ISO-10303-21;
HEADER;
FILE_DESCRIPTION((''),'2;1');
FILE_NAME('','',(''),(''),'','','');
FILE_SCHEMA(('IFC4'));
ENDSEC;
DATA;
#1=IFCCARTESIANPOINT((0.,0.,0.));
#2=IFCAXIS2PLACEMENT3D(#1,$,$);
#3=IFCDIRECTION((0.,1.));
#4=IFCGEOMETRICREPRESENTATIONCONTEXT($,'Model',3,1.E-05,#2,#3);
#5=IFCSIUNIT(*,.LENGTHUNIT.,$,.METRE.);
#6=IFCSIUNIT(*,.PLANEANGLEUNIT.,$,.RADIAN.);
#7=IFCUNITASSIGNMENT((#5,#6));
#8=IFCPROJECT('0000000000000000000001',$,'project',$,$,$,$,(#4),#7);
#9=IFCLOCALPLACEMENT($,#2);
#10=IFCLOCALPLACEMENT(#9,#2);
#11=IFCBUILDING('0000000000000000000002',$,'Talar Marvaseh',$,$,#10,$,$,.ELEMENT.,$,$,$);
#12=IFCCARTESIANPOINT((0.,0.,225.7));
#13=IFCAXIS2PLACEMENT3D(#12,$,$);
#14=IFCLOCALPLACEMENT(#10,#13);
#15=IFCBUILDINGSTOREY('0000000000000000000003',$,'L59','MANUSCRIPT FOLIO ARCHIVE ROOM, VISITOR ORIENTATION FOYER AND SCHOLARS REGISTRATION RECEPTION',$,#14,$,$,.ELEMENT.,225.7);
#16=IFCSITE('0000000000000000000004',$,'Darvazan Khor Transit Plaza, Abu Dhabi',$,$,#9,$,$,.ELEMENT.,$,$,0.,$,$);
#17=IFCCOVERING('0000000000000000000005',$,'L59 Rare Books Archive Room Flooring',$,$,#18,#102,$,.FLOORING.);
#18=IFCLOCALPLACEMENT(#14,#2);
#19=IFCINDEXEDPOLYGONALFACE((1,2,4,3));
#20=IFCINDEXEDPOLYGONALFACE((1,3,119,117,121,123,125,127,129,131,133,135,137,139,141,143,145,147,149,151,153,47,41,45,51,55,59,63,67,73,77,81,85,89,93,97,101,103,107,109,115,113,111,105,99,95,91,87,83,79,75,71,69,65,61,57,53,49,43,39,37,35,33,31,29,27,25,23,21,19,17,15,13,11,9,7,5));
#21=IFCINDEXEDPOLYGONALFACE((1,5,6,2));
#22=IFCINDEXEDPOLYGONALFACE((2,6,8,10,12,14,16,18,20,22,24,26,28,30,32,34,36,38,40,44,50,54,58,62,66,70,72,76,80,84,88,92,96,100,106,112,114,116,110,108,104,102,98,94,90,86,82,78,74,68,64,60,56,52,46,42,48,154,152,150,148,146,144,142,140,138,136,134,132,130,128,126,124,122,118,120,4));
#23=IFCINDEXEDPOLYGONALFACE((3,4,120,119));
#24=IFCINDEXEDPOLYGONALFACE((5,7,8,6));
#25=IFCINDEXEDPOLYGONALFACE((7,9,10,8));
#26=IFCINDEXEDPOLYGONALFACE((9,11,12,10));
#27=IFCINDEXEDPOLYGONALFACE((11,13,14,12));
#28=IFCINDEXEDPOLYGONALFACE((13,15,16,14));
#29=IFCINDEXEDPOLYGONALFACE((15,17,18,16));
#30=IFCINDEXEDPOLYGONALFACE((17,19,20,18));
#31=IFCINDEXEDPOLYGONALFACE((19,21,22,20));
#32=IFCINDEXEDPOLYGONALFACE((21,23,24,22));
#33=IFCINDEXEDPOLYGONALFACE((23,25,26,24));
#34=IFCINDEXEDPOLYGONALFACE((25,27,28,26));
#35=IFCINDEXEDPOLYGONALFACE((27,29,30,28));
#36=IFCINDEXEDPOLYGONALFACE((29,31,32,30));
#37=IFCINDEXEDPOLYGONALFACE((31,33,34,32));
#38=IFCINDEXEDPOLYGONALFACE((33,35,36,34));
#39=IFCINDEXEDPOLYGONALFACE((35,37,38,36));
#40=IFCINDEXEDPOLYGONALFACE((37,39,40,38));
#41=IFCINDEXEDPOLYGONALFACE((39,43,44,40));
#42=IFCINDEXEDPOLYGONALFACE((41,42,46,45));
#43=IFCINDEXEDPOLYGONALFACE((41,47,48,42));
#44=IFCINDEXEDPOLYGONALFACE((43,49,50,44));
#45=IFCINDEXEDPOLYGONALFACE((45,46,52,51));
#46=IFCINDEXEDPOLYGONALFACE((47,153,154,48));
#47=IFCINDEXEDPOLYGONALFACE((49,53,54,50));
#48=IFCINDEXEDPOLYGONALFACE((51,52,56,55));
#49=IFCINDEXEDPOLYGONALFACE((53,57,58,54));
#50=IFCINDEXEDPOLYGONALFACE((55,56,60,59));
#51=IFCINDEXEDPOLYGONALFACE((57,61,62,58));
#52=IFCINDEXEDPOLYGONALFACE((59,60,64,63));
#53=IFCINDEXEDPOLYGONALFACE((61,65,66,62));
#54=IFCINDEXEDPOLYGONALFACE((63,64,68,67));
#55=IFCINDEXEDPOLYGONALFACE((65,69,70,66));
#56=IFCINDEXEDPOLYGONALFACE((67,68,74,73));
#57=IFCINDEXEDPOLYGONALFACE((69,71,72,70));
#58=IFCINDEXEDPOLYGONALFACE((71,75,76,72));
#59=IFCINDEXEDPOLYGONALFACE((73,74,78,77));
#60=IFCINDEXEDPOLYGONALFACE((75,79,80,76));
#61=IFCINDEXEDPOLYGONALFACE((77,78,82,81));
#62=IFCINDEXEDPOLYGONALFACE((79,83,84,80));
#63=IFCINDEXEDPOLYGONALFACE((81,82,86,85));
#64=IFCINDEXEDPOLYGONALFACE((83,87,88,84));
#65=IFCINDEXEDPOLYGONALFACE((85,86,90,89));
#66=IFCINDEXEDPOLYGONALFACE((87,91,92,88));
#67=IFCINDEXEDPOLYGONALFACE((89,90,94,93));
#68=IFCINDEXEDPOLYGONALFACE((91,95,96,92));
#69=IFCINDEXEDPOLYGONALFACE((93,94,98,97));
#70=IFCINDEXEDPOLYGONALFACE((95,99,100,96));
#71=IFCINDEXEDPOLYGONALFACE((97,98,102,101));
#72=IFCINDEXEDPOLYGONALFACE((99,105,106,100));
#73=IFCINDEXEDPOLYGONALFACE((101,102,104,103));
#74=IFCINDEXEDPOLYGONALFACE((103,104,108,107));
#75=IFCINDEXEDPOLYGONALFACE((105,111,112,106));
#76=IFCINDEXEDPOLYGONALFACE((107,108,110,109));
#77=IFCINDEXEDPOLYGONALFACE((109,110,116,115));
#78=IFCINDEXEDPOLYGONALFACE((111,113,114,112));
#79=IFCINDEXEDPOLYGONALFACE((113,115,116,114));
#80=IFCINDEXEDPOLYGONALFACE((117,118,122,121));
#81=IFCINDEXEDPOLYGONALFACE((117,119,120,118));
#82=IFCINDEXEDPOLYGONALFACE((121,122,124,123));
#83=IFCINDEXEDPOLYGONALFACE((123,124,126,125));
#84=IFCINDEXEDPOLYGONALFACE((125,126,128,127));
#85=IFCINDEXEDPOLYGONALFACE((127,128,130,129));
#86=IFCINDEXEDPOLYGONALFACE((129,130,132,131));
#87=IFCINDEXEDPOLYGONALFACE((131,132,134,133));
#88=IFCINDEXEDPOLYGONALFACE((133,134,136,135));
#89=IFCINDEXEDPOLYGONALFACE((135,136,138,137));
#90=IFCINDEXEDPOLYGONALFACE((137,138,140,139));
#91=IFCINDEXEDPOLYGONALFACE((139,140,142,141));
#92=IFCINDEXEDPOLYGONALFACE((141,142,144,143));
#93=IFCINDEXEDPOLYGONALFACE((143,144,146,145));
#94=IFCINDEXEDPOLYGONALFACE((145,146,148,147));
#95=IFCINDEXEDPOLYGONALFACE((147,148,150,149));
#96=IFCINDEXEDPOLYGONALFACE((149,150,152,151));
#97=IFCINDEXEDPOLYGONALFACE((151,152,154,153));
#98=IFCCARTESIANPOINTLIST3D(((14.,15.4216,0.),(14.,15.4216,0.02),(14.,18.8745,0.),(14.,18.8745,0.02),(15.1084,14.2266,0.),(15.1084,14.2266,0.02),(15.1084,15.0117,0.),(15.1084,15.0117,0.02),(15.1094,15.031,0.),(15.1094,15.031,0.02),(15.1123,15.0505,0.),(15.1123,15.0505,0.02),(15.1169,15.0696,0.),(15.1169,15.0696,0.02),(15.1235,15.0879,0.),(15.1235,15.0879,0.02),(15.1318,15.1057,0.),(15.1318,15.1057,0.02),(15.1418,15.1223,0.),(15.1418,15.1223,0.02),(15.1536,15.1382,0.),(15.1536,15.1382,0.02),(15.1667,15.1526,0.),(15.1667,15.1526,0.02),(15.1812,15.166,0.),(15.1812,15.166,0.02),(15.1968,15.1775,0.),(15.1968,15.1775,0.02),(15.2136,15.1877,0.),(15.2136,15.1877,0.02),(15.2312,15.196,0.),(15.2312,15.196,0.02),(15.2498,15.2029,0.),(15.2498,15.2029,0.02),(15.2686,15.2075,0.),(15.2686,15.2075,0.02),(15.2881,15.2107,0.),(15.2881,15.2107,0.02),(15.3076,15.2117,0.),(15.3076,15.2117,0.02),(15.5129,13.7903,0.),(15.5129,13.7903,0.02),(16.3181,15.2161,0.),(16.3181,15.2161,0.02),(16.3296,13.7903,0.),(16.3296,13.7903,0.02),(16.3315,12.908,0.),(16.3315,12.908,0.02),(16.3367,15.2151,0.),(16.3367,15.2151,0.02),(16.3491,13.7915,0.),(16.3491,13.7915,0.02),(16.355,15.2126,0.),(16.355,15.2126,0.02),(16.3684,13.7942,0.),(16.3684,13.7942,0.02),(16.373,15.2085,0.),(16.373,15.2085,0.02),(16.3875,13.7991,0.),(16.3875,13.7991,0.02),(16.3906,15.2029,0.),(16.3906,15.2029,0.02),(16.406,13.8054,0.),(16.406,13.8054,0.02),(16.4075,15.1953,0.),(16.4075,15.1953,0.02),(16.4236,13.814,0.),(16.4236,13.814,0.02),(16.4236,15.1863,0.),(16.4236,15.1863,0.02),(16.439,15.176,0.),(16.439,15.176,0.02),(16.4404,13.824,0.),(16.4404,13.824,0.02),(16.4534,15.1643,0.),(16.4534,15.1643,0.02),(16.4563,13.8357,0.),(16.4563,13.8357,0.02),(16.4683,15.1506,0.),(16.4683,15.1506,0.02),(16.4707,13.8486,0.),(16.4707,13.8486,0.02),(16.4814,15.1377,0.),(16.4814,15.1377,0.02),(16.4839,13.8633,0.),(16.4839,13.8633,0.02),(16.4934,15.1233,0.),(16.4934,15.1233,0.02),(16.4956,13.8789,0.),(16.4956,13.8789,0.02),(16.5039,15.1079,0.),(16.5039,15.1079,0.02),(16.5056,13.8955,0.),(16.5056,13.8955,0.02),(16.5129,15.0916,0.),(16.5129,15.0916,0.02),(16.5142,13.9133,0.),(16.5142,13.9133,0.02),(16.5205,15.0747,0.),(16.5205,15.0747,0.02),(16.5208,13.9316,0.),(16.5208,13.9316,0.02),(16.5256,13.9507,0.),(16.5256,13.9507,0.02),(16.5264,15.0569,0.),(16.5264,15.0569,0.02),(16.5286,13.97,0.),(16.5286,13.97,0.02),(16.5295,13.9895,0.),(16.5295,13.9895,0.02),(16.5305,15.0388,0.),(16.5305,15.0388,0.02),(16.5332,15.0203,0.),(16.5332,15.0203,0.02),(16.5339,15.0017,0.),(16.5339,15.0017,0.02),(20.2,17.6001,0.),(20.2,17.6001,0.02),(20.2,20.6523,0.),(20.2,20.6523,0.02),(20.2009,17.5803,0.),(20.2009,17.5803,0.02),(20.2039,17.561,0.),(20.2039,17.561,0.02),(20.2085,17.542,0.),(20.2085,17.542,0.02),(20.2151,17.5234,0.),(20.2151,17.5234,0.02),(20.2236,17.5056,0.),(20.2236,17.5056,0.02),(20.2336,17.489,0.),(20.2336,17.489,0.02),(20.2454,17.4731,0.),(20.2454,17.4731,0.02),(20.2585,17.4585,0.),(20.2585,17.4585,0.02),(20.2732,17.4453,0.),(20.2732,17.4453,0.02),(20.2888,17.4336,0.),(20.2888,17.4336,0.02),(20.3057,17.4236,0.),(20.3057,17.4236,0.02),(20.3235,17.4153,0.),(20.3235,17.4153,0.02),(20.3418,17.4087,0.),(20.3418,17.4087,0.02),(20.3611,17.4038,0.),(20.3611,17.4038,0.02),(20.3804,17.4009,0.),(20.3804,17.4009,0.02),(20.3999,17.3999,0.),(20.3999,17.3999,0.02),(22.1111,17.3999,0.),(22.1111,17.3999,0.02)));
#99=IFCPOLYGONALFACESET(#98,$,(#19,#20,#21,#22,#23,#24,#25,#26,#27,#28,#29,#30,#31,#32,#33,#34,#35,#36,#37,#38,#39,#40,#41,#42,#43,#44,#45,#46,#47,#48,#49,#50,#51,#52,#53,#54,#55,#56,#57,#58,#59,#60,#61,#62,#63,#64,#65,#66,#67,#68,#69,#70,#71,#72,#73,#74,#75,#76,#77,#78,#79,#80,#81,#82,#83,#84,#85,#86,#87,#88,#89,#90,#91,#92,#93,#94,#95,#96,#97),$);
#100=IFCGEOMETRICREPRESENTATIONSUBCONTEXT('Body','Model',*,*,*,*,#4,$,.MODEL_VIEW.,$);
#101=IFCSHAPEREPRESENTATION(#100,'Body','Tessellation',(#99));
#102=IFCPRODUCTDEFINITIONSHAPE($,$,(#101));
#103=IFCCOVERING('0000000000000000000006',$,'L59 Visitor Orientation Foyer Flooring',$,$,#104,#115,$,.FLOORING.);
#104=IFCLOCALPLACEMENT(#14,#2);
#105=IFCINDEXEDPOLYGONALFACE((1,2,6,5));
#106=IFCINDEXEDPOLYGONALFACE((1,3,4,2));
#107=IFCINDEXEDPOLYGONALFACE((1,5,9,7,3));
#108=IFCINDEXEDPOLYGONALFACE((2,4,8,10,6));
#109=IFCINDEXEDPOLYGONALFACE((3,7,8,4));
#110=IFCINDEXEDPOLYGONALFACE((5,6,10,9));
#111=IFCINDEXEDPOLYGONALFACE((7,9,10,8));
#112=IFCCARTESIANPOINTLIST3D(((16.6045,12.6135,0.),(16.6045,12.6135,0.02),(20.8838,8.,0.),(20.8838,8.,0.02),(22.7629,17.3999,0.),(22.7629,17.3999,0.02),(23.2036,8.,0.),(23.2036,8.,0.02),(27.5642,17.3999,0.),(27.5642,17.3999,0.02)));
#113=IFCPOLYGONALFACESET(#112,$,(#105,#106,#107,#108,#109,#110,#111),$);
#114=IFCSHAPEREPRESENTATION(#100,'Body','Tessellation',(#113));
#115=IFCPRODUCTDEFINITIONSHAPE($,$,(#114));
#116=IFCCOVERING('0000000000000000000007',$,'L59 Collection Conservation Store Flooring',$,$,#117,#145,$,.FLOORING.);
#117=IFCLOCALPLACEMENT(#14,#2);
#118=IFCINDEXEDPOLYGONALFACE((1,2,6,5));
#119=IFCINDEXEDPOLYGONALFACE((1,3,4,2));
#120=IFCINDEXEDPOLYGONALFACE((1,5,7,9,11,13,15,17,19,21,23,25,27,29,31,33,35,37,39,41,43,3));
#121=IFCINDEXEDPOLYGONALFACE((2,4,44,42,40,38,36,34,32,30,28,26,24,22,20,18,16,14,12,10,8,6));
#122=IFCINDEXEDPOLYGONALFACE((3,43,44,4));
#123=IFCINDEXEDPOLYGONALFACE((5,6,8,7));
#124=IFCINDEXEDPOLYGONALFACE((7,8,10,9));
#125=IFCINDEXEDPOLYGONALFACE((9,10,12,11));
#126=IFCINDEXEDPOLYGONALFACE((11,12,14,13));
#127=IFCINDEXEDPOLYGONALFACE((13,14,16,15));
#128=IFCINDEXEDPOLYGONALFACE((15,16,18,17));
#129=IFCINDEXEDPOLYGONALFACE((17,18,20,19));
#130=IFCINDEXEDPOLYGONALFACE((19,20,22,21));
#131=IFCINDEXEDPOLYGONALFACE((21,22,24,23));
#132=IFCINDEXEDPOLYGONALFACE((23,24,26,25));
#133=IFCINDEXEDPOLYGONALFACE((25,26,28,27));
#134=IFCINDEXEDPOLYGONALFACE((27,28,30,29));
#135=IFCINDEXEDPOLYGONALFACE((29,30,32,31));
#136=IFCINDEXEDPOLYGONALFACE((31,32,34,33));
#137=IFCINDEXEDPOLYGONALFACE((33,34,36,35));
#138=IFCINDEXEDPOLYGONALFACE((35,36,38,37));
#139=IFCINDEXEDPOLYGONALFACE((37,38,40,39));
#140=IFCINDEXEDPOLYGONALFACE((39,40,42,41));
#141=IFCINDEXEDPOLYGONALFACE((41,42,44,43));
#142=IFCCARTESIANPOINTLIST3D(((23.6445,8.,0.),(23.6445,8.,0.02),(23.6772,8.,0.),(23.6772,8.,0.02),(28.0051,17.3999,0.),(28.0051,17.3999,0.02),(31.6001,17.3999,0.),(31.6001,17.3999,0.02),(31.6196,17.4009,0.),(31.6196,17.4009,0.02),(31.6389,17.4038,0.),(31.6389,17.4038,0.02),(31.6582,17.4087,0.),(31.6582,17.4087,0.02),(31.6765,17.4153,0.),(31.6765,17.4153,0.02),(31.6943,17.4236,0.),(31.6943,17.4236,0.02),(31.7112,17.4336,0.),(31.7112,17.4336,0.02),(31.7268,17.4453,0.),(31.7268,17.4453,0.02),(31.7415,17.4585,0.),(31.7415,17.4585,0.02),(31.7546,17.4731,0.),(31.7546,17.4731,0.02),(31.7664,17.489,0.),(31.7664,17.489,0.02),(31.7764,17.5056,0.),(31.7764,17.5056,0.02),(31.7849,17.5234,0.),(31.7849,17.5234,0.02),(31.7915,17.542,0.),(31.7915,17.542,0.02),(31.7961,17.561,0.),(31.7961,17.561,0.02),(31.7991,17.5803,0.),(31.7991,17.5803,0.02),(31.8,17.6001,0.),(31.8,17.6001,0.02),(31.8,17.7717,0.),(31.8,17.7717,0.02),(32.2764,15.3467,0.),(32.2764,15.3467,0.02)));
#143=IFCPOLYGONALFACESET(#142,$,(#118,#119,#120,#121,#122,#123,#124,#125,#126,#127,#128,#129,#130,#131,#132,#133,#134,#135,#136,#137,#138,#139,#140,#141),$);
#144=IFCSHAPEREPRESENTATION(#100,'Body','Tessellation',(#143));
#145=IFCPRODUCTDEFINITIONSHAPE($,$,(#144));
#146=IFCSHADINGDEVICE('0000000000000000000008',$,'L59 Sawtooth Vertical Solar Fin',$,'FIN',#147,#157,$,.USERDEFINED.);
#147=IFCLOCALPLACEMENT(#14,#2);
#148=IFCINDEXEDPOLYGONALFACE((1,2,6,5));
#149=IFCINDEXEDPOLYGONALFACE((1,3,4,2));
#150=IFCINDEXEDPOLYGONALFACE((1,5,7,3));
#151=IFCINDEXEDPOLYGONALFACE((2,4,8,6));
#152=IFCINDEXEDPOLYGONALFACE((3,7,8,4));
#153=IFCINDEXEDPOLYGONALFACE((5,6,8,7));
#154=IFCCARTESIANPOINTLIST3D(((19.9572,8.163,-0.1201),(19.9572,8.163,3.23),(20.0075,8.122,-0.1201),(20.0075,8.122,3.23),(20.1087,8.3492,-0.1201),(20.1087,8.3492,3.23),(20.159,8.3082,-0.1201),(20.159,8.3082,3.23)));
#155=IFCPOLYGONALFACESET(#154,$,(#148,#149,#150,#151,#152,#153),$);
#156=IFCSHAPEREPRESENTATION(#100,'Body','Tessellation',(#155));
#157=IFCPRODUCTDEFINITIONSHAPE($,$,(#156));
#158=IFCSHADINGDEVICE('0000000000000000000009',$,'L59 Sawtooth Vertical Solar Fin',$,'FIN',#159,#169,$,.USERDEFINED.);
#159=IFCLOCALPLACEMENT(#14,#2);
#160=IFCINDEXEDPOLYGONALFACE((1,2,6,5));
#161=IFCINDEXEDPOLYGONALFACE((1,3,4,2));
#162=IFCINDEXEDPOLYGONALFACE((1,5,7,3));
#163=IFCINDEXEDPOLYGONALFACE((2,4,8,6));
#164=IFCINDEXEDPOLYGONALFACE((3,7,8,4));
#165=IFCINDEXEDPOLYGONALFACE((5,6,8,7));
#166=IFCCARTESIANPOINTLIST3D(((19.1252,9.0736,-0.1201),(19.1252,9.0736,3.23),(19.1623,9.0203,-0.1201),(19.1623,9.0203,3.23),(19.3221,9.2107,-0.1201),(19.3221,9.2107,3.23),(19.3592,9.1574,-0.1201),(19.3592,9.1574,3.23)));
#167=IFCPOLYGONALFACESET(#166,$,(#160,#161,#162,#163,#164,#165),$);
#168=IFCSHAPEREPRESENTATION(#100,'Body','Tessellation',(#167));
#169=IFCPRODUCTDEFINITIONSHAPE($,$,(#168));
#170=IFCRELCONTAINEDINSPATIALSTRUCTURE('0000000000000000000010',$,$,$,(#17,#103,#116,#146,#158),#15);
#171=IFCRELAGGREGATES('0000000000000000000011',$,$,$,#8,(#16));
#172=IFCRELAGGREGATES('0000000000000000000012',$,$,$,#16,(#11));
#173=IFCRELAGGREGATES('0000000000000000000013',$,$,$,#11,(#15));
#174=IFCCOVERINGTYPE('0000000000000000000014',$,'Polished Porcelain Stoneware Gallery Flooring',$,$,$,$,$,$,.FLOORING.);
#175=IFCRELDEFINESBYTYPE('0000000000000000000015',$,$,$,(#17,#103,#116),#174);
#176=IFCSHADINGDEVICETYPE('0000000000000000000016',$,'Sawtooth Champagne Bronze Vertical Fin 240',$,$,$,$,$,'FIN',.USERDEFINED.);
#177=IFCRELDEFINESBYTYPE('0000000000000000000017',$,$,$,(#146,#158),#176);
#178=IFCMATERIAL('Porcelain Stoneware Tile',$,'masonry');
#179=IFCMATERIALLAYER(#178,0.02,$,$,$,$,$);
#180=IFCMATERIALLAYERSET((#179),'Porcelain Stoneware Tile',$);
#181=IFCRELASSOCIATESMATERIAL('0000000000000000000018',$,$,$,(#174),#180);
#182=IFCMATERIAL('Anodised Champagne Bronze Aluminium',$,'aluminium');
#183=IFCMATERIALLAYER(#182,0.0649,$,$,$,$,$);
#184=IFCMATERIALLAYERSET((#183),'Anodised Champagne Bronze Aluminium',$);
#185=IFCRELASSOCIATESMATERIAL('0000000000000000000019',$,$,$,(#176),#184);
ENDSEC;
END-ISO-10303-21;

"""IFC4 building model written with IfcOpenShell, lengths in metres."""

from ifc_helpers import new_model, si_unit, direction, frame, origin, origin_2d, place, context, subcontext, project, spatial, polyline, rectangle, outline, extrude, source, transform, mapped, material, layer, layer_set, type_object, type_shapes, element, save


model = new_model("IFC4")

# Units and contexts
model_context = context("Model", 3, precision=1e-05, world=origin(), true_north=direction((0.0, 1.0)))
body_context = subcontext(model_context, "Body", "Model", "MODEL_VIEW")
ifc_project = project(units=[si_unit("LENGTHUNIT", "METRE"), si_unit("PLANEANGLEUNIT", "RADIAN")], contexts=[model_context])

# Site, building, storey
site_placement = place(None, origin())
site = spatial("IfcSite", under=ifc_project, at=site_placement, Name="Darvazan Khor Transit Plaza, Abu Dhabi", CompositionType="ELEMENT", RefElevation=0.0)
building_placement = place(site_placement, origin())
building = spatial("IfcBuilding", under=site, at=building_placement, Name="Talar Marvaseh", CompositionType="ELEMENT")
storey_placement = place(building_placement, frame((0.0, 0.0, 225.7)))
storey = spatial("IfcBuildingStorey", under=building, at=storey_placement, Name="L59", Description="MANUSCRIPT FOLIO ARCHIVE ROOM, VISITOR ORIENTATION FOYER AND SCHOLARS REGISTRATION RECEPTION", CompositionType="ELEMENT", Elevation=225.7)

# Coverings
ifc_material_1 = material(Name="Porcelain Stoneware Tile", Category="masonry")
ifc_layer_1 = layer(ifc_material_1, 0.02)
ifc_layer_set_1 = layer_set([ifc_layer_1], Name="Porcelain Stoneware Tile")
covering_type_1 = type_object("IfcCoveringType", Name="Polished Porcelain Stoneware Gallery Flooring", PredefinedType="FLOORING", material=ifc_layer_set_1)
covering_1_placement = place(storey_placement, origin())
element("IfcCovering", 1, at=covering_1_placement, inside=storey, type_object=covering_type_1, Name="L59 Rare Books Archive Room Flooring", PredefinedType="FLOORING", context=body_context, shape_type="SweptSolid", body=[
    extrude(outline(polyline([(14.0, 18.8745), (20.2, 20.6523), (20.2, 17.6001), (20.2009, 17.5803), (20.2039, 17.561), (20.2085, 17.542), (20.2151, 17.5234), (20.2236, 17.5056), (20.2336, 17.489), (20.2454, 17.4731), (20.2585, 17.4585), (20.2732, 17.4453), (20.2888, 17.4336), (20.3057, 17.4236), (20.3235, 17.4153), (20.3418, 17.4087), (20.3611, 17.4038), (20.3804, 17.4009), (20.3999, 17.3999), (22.1111, 17.3999), (16.3315, 12.908), (15.5129, 13.7903), (16.3296, 13.7903), (16.3491, 13.7915), (16.3684, 13.7942), (16.3875, 13.7991), (16.406, 13.8054), (16.4236, 13.814), (16.4404, 13.824), (16.4563, 13.8357), (16.4707, 13.8486), (16.4839, 13.8633), (16.4956, 13.8789), (16.5056, 13.8955), (16.5142, 13.9133), (16.5208, 13.9316), (16.5256, 13.9507), (16.5286, 13.97), (16.5295, 13.9895), (16.5339, 15.0017), (16.5332, 15.0203), (16.5305, 15.0388), (16.5264, 15.0569), (16.5205, 15.0747), (16.5129, 15.0916), (16.5039, 15.1079), (16.4934, 15.1233), (16.4814, 15.1377), (16.4683, 15.1506), (16.4534, 15.1643), (16.439, 15.176), (16.4236, 15.1863), (16.4075, 15.1953), (16.3906, 15.2029), (16.373, 15.2085), (16.355, 15.2126), (16.3367, 15.2151), (16.3181, 15.2161), (15.3076, 15.2117), (15.2881, 15.2107), (15.2686, 15.2075), (15.2498, 15.2029), (15.2312, 15.196), (15.2136, 15.1877), (15.1968, 15.1775), (15.1812, 15.166), (15.1667, 15.1526), (15.1536, 15.1382), (15.1418, 15.1223), (15.1318, 15.1057), (15.1235, 15.0879), (15.1169, 15.0696), (15.1123, 15.0505), (15.1094, 15.031), (15.1084, 15.0117), (15.1084, 14.2266), (14.0, 15.4216), (14.0, 18.8745)])), origin(), (0.0, 0.0, 1.0), 0.02),
])
covering_2_placement = place(storey_placement, origin())
element("IfcCovering", 2, at=covering_2_placement, inside=storey, type_object=covering_type_1, Name="L59 Visitor Orientation Foyer Flooring", PredefinedType="FLOORING", context=body_context, shape_type="SweptSolid", body=[
    extrude(outline(polyline([(27.5642, 17.3999), (23.2036, 8.0), (20.8838, 8.0), (16.6045, 12.6135), (22.7629, 17.3999), (27.5642, 17.3999)])), origin(), (0.0, 0.0, 1.0), 0.02),
])
covering_3_placement = place(storey_placement, origin())
element("IfcCovering", 3, at=covering_3_placement, inside=storey, type_object=covering_type_1, Name="L59 Collection Conservation Store Flooring", PredefinedType="FLOORING", context=body_context, shape_type="SweptSolid", body=[
    extrude(outline(polyline([(31.6001, 17.3999), (31.6196, 17.4009), (31.6389, 17.4038), (31.6582, 17.4087), (31.6765, 17.4153), (31.6943, 17.4236), (31.7112, 17.4336), (31.7268, 17.4453), (31.7415, 17.4585), (31.7546, 17.4731), (31.7664, 17.489), (31.7764, 17.5056), (31.7849, 17.5234), (31.7915, 17.542), (31.7961, 17.561), (31.7991, 17.5803), (31.8, 17.6001), (31.8, 17.7717), (32.2764, 15.3467), (23.6772, 8.0), (23.6445, 8.0), (28.0051, 17.3999), (31.6001, 17.3999)])), origin(), (0.0, 0.0, 1.0), 0.02),
])

# Shading devices
ifc_material_2 = material(Name="Anodised Champagne Bronze Aluminium", Category="aluminium")
ifc_layer_2 = layer(ifc_material_2, 0.0649)
ifc_layer_set_2 = layer_set([ifc_layer_2], Name="Anodised Champagne Bronze Aluminium")
shading_device_type_1 = type_object("IfcShadingDeviceType", Name="Sawtooth Champagne Bronze Vertical Fin 240", ElementType="FIN", PredefinedType="USERDEFINED", material=ifc_layer_set_2)
shared_shape_1 = source(origin(), body_context, "Body", "SweptSolid", [
    extrude(rectangle(XDim=0.24, YDim=0.0649, at=origin_2d()), origin(), (0.0, 0.0, 1.0), 3.3501),
])
type_shapes(shading_device_type_1, [shared_shape_1])
for number, where, z_axis, x_axis, name in (
    (4, (20.0581, 8.2356, -0.1201), (0.0, 0.0, 1.0), (-0.631353, -0.775496, 0.0), "L59 Sawtooth Vertical Solar Fin"),
    (5, (19.2422, 9.1155, -0.1201), (0.0, 0.0, 1.0), (-0.820651, -0.57143, 0.0), "L59 Sawtooth Vertical Solar Fin"),
):
    element("IfcShadingDevice", number, at=place(storey_placement, frame(where, z_axis=z_axis, x_axis=x_axis)), inside=storey, type_object=shading_device_type_1, Name=name, ObjectType="FIN", PredefinedType="USERDEFINED", context=body_context, shape_type="MappedRepresentation", body=[
        mapped(shared_shape_1, transform((0.0, 0.0, 0.0), x_axis=(1.0, 0.0, 0.0), y_axis=(0.0, 1.0, 0.0), z_axis=(0.0, 0.0, 1.0), scale=1.0)),
    ])

save(model, "model.ifc")
